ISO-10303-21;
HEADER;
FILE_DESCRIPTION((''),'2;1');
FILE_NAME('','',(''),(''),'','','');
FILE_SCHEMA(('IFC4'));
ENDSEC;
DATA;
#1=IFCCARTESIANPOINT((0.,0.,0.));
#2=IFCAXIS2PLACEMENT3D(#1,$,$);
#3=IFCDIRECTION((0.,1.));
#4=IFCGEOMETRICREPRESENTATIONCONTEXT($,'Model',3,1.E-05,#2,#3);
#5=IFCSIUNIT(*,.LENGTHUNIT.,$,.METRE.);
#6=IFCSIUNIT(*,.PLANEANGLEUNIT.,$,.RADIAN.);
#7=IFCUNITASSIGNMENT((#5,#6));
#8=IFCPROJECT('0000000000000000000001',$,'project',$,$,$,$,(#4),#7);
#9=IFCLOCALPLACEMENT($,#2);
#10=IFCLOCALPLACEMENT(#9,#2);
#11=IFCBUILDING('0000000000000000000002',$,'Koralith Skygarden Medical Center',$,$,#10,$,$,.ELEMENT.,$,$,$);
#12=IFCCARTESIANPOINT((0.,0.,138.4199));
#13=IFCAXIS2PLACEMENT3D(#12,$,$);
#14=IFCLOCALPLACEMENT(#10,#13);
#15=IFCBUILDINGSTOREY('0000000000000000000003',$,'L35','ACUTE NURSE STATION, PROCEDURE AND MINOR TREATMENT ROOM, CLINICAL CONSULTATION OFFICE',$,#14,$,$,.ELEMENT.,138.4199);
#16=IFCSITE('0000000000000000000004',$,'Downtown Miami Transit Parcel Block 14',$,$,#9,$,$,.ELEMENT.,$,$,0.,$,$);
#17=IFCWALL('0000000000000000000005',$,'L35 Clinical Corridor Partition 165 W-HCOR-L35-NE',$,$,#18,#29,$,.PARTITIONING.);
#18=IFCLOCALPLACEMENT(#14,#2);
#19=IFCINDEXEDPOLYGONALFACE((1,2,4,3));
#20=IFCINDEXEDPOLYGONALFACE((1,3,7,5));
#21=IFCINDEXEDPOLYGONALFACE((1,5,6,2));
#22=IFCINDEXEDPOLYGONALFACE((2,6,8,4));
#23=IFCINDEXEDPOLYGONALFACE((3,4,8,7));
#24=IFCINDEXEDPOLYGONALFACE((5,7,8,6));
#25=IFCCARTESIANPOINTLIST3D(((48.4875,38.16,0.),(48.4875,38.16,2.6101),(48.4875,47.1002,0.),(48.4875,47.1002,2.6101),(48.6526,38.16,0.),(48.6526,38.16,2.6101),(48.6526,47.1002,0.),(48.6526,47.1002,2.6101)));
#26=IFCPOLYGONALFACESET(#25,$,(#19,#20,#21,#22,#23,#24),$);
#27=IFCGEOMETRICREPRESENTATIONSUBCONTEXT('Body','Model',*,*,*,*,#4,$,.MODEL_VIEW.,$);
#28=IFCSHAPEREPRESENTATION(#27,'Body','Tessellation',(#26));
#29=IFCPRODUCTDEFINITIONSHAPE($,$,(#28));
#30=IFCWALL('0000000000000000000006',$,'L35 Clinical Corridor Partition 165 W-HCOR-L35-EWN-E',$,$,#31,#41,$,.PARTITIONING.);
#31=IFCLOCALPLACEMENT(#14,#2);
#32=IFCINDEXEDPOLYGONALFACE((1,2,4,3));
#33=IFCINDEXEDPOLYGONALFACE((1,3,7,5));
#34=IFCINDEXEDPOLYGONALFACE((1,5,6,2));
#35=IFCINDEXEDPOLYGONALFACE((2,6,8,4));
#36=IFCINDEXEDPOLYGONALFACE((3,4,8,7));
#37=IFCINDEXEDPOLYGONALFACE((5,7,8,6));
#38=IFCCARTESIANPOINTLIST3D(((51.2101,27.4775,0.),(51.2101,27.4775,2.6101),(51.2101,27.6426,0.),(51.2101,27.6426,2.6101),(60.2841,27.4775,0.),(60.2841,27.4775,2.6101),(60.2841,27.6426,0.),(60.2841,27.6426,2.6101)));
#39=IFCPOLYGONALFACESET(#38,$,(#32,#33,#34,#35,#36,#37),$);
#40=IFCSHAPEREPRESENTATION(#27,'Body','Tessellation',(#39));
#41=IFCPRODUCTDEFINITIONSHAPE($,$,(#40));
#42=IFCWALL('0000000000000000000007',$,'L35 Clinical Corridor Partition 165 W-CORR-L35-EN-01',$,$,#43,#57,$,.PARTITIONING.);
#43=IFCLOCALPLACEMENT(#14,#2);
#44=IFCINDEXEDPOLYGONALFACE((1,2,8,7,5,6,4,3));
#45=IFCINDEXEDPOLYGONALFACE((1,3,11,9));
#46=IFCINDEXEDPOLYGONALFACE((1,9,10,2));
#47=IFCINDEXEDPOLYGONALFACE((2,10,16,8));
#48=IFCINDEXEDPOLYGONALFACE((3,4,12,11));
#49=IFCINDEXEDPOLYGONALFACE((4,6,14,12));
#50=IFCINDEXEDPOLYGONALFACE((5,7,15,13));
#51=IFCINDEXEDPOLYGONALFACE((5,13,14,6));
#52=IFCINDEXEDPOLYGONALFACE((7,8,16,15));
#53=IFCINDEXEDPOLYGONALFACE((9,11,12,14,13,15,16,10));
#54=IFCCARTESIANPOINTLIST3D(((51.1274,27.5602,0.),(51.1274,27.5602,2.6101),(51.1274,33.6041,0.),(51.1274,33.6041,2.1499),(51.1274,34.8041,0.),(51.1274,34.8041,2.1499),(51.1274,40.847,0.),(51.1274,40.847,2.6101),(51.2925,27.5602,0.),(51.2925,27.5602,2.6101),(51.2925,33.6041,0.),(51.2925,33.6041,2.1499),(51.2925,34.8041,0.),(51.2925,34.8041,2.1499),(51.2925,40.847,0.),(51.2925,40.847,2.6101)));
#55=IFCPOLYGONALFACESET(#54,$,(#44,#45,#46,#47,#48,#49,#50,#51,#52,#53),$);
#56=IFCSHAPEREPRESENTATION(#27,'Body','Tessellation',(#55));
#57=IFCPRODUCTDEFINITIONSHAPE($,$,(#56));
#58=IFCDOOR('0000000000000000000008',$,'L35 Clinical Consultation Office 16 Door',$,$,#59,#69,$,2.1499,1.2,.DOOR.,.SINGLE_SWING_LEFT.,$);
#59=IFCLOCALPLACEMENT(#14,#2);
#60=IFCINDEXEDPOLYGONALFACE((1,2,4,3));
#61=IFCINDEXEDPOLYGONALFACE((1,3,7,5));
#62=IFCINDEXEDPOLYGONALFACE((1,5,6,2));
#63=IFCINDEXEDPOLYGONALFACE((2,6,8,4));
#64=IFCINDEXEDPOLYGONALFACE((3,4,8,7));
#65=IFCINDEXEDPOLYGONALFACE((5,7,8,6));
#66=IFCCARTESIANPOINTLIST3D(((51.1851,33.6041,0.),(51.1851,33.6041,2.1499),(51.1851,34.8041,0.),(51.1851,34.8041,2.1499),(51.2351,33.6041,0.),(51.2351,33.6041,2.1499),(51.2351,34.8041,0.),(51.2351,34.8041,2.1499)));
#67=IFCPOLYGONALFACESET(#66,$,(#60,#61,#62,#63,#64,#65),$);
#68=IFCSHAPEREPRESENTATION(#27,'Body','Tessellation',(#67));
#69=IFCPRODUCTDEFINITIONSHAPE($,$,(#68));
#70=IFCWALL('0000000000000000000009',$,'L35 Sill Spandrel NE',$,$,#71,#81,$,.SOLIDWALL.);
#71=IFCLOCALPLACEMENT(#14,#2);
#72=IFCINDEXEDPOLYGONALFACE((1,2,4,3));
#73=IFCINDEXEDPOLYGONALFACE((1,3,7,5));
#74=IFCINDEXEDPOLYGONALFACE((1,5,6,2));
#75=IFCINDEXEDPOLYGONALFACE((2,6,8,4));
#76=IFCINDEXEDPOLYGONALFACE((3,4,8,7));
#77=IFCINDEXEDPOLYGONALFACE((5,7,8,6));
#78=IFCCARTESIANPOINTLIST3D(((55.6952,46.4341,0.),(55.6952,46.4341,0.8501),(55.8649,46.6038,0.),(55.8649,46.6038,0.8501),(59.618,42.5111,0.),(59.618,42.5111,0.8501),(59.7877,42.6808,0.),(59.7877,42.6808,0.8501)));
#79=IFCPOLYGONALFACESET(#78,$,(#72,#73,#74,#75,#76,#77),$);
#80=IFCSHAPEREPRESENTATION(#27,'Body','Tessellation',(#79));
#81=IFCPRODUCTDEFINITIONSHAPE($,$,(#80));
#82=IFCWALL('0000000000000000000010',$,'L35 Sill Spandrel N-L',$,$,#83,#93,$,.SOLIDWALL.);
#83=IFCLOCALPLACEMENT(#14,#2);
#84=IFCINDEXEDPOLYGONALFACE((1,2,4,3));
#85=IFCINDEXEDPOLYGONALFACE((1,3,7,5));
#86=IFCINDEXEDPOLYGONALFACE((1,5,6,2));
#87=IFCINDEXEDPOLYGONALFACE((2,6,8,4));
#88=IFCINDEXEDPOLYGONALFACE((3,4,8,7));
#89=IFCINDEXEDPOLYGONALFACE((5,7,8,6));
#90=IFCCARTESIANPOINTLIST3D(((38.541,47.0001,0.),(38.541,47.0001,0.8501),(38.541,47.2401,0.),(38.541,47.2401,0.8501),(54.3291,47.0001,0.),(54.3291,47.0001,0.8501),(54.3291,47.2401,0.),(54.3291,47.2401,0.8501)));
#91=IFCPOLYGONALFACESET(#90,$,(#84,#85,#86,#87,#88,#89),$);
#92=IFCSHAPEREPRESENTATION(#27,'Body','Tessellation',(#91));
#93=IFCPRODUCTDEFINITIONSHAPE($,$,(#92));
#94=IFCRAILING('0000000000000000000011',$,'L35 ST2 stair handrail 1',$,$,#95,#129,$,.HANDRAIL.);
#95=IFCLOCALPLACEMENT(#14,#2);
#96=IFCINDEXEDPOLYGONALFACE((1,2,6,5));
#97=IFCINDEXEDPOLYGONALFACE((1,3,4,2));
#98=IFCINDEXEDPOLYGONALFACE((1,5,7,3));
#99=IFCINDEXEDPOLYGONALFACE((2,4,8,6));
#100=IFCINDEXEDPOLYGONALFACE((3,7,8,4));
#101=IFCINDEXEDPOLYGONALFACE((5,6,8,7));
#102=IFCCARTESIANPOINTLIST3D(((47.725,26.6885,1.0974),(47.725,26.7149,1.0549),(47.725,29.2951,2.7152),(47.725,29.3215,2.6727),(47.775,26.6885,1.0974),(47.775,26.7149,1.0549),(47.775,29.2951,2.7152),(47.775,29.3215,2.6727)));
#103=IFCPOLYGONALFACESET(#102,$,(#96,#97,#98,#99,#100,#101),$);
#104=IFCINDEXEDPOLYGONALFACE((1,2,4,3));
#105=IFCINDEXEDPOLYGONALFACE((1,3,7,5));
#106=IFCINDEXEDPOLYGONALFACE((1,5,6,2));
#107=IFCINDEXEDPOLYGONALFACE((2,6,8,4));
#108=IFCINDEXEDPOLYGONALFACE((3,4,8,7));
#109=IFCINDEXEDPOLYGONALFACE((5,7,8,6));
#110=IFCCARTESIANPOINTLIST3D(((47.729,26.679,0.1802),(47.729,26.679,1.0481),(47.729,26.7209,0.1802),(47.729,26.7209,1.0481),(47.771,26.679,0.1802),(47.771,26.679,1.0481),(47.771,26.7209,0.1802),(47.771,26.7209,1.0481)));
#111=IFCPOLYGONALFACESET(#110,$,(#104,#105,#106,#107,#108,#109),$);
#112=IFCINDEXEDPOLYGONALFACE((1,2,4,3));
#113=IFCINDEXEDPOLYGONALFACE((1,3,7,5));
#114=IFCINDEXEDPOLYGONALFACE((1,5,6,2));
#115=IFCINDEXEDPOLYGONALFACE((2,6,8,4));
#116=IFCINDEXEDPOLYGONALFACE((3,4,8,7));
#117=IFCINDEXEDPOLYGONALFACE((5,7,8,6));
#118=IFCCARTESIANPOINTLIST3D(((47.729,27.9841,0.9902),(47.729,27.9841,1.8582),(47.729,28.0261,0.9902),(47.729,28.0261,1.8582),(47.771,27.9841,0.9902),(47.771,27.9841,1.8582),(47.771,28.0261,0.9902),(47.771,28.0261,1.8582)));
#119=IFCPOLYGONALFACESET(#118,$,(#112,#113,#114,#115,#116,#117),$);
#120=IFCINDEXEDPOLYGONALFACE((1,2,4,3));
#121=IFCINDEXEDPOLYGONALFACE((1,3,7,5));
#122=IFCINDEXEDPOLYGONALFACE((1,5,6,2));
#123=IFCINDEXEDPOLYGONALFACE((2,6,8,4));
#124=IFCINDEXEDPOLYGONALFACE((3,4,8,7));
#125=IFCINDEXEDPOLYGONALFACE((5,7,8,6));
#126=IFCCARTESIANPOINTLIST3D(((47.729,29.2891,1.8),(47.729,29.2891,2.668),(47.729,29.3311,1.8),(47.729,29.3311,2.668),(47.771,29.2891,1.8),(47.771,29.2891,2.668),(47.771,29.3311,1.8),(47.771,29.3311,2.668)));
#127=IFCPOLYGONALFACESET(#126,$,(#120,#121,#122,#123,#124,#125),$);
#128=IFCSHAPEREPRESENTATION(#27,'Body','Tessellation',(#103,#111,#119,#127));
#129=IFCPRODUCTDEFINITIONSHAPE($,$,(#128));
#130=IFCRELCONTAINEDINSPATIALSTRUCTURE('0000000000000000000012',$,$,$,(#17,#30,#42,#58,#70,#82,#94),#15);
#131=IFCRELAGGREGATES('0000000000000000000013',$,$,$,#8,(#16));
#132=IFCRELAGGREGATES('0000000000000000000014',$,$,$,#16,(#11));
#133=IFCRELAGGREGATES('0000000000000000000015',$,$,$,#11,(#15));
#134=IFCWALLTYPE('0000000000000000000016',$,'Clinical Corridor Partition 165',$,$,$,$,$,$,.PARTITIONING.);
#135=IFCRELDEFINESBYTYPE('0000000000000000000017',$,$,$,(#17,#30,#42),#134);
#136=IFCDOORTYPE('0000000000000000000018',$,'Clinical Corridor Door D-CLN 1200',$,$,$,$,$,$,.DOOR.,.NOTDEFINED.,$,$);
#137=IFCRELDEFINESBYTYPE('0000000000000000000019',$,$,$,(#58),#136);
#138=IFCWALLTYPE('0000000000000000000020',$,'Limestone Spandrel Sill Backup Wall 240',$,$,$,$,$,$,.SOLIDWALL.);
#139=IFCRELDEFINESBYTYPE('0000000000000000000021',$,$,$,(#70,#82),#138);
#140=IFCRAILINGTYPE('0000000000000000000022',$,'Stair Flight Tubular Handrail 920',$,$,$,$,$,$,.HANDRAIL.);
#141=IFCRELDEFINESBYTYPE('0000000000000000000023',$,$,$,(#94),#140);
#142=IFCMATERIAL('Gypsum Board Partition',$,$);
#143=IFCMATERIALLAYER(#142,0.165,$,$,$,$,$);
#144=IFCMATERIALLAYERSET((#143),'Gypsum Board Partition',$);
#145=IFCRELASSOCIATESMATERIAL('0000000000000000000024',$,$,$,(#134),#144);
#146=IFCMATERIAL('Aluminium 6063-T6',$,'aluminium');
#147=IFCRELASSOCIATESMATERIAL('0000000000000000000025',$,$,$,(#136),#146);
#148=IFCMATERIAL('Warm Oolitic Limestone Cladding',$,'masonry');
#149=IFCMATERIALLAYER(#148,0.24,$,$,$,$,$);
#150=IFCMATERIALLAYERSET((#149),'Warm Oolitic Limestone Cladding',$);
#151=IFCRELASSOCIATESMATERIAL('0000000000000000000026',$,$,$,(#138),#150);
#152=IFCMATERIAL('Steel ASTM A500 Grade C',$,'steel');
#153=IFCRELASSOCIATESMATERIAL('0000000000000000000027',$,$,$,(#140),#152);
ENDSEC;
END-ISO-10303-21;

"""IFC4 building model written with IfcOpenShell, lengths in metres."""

from ifc_helpers import new_model, si_unit, direction, frame, frame_2d, origin, origin_2d, place, context, subcontext, project, spatial, rectangle, extrude, material, layer, layer_set, type_object, element, fill, save


model = new_model("IFC4")

# Units and contexts
model_context = context("Model", 3, precision=1e-05, world=origin(), true_north=direction((0.0, 1.0)))
body_context = subcontext(model_context, "Body", "Model", "MODEL_VIEW")
ifc_project = project(units=[si_unit("LENGTHUNIT", "METRE"), si_unit("PLANEANGLEUNIT", "RADIAN")], contexts=[model_context])

# Site, building, storey
site_placement = place(None, origin())
site = spatial("IfcSite", under=ifc_project, at=site_placement, Name="Downtown Miami Transit Parcel Block 14", CompositionType="ELEMENT", RefElevation=0.0)
building_placement = place(site_placement, origin())
building = spatial("IfcBuilding", under=site, at=building_placement, Name="Koralith Skygarden Medical Center", CompositionType="ELEMENT")
storey_placement = place(building_placement, frame((0.0, 0.0, 138.4199)))
storey = spatial("IfcBuildingStorey", under=building, at=storey_placement, Name="L35", Description="ACUTE NURSE STATION, PROCEDURE AND MINOR TREATMENT ROOM, CLINICAL CONSULTATION OFFICE", CompositionType="ELEMENT", Elevation=138.4199)

# Shared definitions
ifc_material_1 = material(Name="Aluminium 6063-T6", Category="aluminium")

# Shared definitions
ifc_material_2 = material(Name="Warm Oolitic Limestone Cladding", Category="masonry")

# Walls
ifc_material_3 = material(Name="Gypsum Board Partition")
ifc_layer_1 = layer(ifc_material_3, 0.165)
ifc_layer_set_1 = layer_set([ifc_layer_1], Name="Gypsum Board Partition")
wall_type_1 = type_object("IfcWallType", Name="Clinical Corridor Partition 165", PredefinedType="PARTITIONING", material=ifc_layer_set_1)
wall_1_placement = place(storey_placement, frame((48.5701, 38.1599, 0.0), z_axis=(0.0, 0.0, 1.0), x_axis=(0.0, 1.0, 0.0)))
element("IfcWall", 1, at=wall_1_placement, inside=storey, type_object=wall_type_1, Name="L35 Clinical Corridor Partition 165 W-HCOR-L35-NE", PredefinedType="PARTITIONING", context=body_context, shape_type="SweptSolid", body=[
    extrude(rectangle(XDim=8.9402, YDim=0.165, at=frame_2d((4.4702, 0.0))), origin(), (0.0, 0.0, 1.0), 2.6101),
])
wall_2_placement = place(storey_placement, frame((51.21, 27.5601, 0.0), z_axis=(0.0, 0.0, 1.0), x_axis=(1.0, 0.0, 0.0)))
element("IfcWall", 2, at=wall_2_placement, inside=storey, type_object=wall_type_1, Name="L35 Clinical Corridor Partition 165 W-HCOR-L35-EWN-E", PredefinedType="PARTITIONING", context=body_context, shape_type="SweptSolid", body=[
    extrude(rectangle(XDim=9.074, YDim=0.165, at=frame_2d((4.5371, 0.0))), origin(), (0.0, 0.0, 1.0), 2.6101),
])

# Wall, opening, door
wall_3_placement = place(storey_placement, frame((51.21, 27.5601, 0.0), z_axis=(0.0, 0.0, 1.0), x_axis=(0.0, 1.0, 0.0)))
wall_3 = element("IfcWall", 3, at=wall_3_placement, inside=storey, type_object=wall_type_1, Name="L35 Clinical Corridor Partition 165 W-CORR-L35-EN-01", PredefinedType="PARTITIONING", context=body_context, shape_type="SweptSolid", body=[
    extrude(rectangle(XDim=13.2869, YDim=0.165, at=frame_2d((6.6436, 0.0))), origin(), (0.0, 0.0, 1.0), 2.6101),
])
opening_1_placement = place(wall_3_placement, frame((6.0439, 0.0, 0.0)))
opening_1 = element("IfcOpeningElement", 4, at=opening_1_placement, cuts=wall_3, PredefinedType="OPENING", context=body_context, shape_type="SweptSolid", body=[
    extrude(rectangle(XDim=1.2, YDim=2.1499, at=frame_2d((0.6001, 1.075))), frame((0.0, 0.0925, 0.0), z_axis=(0.0, -1.0, 0.0), x_axis=(1.0, 0.0, 0.0)), (0.0, 0.0, 1.0), 0.1851),
])
door_type = type_object("IfcDoorType", Name="Clinical Corridor Door D-CLN 1200", OperationType="NOTDEFINED", PredefinedType="DOOR", material=ifc_material_1)
door_1_placement = place(opening_1_placement, origin())
door_1 = element("IfcDoor", 5, at=door_1_placement, inside=storey, type_object=door_type, Name="L35 Clinical Consultation Office 16 Door", OperationType="SINGLE_SWING_LEFT", OverallHeight=2.1499, OverallWidth=1.2, PredefinedType="DOOR", context=body_context, shape_type="SweptSolid", body=[
    extrude(rectangle(XDim=1.2, YDim=2.1499, at=frame_2d((0.6001, 1.075))), frame((0.0, 0.0249, 0.0), z_axis=(0.0, -1.0, 0.0), x_axis=(1.0, 0.0, 0.0)), (0.0, 0.0, 1.0), 0.05),
])
fill(opening_1, door_1)

# Walls
ifc_layer_2 = layer(ifc_material_2, 0.24)
ifc_layer_set_2 = layer_set([ifc_layer_2], Name="Warm Oolitic Limestone Cladding")
wall_type_2 = type_object("IfcWallType", Name="Limestone Spandrel Sill Backup Wall 240", PredefinedType="SOLIDWALL", material=ifc_layer_set_2)
wall_4_placement = place(storey_placement, frame((59.7029, 42.5959, 0.0), z_axis=(0.0, 0.0, 1.0), x_axis=(-0.707085, 0.707129, 0.0)))
element("IfcWall", 6, at=wall_4_placement, inside=storey, type_object=wall_type_2, Name="L35 Sill Spandrel NE", PredefinedType="SOLIDWALL", context=body_context, shape_type="SweptSolid", body=[
    extrude(rectangle(XDim=5.5479, YDim=0.24, at=frame_2d((2.7739, 0.0))), origin(), (0.0, 0.0, 1.0), 0.8501),
])
wall_5_placement = place(storey_placement, frame((54.3291, 47.1201, 0.0), z_axis=(0.0, 0.0, 1.0), x_axis=(-1.0, 0.0, 0.0)))
element("IfcWall", 7, at=wall_5_placement, inside=storey, type_object=wall_type_2, Name="L35 Sill Spandrel N-L", PredefinedType="SOLIDWALL", context=body_context, shape_type="SweptSolid", body=[
    extrude(rectangle(XDim=15.7881, YDim=0.24, at=frame_2d((7.894, 0.0))), origin(), (0.0, 0.0, 1.0), 0.8501),
])

# Railing
ifc_material_4 = material(Name="Steel ASTM A500 Grade C", Category="steel")
railing_type = type_object("IfcRailingType", Name="Stair Flight Tubular Handrail 920", PredefinedType="HANDRAIL", material=ifc_material_4)
railing_placement = place(storey_placement, frame((47.75, 26.7, 0.1802)))
element("IfcRailing", 8, at=railing_placement, inside=storey, type_object=railing_type, Name="L35 ST2 stair handrail 1", PredefinedType="HANDRAIL", context=body_context, shape_type="SweptSolid", body=[
    extrude(rectangle(XDim=0.05, YDim=0.05, at=origin_2d()), frame((0.0, 0.0017, 0.896), z_axis=(0.0, 0.849668, 0.527317), x_axis=(-1.0, 0.0, 0.0)), (0.0, 0.0, 1.0), 3.0679),
    extrude(rectangle(XDim=0.042, YDim=0.042, at=origin_2d()), origin(), (0.0, 0.0, 1.0), 0.8679),
    extrude(rectangle(XDim=0.042, YDim=0.042, at=origin_2d()), frame((0.0, 1.3052, 0.8101)), (0.0, 0.0, 1.0), 0.8679),
    extrude(rectangle(XDim=0.042, YDim=0.042, at=origin_2d()), frame((0.0, 2.6101, 1.6199)), (0.0, 0.0, 1.0), 0.8679),
])

save(model, "model.ifc")
